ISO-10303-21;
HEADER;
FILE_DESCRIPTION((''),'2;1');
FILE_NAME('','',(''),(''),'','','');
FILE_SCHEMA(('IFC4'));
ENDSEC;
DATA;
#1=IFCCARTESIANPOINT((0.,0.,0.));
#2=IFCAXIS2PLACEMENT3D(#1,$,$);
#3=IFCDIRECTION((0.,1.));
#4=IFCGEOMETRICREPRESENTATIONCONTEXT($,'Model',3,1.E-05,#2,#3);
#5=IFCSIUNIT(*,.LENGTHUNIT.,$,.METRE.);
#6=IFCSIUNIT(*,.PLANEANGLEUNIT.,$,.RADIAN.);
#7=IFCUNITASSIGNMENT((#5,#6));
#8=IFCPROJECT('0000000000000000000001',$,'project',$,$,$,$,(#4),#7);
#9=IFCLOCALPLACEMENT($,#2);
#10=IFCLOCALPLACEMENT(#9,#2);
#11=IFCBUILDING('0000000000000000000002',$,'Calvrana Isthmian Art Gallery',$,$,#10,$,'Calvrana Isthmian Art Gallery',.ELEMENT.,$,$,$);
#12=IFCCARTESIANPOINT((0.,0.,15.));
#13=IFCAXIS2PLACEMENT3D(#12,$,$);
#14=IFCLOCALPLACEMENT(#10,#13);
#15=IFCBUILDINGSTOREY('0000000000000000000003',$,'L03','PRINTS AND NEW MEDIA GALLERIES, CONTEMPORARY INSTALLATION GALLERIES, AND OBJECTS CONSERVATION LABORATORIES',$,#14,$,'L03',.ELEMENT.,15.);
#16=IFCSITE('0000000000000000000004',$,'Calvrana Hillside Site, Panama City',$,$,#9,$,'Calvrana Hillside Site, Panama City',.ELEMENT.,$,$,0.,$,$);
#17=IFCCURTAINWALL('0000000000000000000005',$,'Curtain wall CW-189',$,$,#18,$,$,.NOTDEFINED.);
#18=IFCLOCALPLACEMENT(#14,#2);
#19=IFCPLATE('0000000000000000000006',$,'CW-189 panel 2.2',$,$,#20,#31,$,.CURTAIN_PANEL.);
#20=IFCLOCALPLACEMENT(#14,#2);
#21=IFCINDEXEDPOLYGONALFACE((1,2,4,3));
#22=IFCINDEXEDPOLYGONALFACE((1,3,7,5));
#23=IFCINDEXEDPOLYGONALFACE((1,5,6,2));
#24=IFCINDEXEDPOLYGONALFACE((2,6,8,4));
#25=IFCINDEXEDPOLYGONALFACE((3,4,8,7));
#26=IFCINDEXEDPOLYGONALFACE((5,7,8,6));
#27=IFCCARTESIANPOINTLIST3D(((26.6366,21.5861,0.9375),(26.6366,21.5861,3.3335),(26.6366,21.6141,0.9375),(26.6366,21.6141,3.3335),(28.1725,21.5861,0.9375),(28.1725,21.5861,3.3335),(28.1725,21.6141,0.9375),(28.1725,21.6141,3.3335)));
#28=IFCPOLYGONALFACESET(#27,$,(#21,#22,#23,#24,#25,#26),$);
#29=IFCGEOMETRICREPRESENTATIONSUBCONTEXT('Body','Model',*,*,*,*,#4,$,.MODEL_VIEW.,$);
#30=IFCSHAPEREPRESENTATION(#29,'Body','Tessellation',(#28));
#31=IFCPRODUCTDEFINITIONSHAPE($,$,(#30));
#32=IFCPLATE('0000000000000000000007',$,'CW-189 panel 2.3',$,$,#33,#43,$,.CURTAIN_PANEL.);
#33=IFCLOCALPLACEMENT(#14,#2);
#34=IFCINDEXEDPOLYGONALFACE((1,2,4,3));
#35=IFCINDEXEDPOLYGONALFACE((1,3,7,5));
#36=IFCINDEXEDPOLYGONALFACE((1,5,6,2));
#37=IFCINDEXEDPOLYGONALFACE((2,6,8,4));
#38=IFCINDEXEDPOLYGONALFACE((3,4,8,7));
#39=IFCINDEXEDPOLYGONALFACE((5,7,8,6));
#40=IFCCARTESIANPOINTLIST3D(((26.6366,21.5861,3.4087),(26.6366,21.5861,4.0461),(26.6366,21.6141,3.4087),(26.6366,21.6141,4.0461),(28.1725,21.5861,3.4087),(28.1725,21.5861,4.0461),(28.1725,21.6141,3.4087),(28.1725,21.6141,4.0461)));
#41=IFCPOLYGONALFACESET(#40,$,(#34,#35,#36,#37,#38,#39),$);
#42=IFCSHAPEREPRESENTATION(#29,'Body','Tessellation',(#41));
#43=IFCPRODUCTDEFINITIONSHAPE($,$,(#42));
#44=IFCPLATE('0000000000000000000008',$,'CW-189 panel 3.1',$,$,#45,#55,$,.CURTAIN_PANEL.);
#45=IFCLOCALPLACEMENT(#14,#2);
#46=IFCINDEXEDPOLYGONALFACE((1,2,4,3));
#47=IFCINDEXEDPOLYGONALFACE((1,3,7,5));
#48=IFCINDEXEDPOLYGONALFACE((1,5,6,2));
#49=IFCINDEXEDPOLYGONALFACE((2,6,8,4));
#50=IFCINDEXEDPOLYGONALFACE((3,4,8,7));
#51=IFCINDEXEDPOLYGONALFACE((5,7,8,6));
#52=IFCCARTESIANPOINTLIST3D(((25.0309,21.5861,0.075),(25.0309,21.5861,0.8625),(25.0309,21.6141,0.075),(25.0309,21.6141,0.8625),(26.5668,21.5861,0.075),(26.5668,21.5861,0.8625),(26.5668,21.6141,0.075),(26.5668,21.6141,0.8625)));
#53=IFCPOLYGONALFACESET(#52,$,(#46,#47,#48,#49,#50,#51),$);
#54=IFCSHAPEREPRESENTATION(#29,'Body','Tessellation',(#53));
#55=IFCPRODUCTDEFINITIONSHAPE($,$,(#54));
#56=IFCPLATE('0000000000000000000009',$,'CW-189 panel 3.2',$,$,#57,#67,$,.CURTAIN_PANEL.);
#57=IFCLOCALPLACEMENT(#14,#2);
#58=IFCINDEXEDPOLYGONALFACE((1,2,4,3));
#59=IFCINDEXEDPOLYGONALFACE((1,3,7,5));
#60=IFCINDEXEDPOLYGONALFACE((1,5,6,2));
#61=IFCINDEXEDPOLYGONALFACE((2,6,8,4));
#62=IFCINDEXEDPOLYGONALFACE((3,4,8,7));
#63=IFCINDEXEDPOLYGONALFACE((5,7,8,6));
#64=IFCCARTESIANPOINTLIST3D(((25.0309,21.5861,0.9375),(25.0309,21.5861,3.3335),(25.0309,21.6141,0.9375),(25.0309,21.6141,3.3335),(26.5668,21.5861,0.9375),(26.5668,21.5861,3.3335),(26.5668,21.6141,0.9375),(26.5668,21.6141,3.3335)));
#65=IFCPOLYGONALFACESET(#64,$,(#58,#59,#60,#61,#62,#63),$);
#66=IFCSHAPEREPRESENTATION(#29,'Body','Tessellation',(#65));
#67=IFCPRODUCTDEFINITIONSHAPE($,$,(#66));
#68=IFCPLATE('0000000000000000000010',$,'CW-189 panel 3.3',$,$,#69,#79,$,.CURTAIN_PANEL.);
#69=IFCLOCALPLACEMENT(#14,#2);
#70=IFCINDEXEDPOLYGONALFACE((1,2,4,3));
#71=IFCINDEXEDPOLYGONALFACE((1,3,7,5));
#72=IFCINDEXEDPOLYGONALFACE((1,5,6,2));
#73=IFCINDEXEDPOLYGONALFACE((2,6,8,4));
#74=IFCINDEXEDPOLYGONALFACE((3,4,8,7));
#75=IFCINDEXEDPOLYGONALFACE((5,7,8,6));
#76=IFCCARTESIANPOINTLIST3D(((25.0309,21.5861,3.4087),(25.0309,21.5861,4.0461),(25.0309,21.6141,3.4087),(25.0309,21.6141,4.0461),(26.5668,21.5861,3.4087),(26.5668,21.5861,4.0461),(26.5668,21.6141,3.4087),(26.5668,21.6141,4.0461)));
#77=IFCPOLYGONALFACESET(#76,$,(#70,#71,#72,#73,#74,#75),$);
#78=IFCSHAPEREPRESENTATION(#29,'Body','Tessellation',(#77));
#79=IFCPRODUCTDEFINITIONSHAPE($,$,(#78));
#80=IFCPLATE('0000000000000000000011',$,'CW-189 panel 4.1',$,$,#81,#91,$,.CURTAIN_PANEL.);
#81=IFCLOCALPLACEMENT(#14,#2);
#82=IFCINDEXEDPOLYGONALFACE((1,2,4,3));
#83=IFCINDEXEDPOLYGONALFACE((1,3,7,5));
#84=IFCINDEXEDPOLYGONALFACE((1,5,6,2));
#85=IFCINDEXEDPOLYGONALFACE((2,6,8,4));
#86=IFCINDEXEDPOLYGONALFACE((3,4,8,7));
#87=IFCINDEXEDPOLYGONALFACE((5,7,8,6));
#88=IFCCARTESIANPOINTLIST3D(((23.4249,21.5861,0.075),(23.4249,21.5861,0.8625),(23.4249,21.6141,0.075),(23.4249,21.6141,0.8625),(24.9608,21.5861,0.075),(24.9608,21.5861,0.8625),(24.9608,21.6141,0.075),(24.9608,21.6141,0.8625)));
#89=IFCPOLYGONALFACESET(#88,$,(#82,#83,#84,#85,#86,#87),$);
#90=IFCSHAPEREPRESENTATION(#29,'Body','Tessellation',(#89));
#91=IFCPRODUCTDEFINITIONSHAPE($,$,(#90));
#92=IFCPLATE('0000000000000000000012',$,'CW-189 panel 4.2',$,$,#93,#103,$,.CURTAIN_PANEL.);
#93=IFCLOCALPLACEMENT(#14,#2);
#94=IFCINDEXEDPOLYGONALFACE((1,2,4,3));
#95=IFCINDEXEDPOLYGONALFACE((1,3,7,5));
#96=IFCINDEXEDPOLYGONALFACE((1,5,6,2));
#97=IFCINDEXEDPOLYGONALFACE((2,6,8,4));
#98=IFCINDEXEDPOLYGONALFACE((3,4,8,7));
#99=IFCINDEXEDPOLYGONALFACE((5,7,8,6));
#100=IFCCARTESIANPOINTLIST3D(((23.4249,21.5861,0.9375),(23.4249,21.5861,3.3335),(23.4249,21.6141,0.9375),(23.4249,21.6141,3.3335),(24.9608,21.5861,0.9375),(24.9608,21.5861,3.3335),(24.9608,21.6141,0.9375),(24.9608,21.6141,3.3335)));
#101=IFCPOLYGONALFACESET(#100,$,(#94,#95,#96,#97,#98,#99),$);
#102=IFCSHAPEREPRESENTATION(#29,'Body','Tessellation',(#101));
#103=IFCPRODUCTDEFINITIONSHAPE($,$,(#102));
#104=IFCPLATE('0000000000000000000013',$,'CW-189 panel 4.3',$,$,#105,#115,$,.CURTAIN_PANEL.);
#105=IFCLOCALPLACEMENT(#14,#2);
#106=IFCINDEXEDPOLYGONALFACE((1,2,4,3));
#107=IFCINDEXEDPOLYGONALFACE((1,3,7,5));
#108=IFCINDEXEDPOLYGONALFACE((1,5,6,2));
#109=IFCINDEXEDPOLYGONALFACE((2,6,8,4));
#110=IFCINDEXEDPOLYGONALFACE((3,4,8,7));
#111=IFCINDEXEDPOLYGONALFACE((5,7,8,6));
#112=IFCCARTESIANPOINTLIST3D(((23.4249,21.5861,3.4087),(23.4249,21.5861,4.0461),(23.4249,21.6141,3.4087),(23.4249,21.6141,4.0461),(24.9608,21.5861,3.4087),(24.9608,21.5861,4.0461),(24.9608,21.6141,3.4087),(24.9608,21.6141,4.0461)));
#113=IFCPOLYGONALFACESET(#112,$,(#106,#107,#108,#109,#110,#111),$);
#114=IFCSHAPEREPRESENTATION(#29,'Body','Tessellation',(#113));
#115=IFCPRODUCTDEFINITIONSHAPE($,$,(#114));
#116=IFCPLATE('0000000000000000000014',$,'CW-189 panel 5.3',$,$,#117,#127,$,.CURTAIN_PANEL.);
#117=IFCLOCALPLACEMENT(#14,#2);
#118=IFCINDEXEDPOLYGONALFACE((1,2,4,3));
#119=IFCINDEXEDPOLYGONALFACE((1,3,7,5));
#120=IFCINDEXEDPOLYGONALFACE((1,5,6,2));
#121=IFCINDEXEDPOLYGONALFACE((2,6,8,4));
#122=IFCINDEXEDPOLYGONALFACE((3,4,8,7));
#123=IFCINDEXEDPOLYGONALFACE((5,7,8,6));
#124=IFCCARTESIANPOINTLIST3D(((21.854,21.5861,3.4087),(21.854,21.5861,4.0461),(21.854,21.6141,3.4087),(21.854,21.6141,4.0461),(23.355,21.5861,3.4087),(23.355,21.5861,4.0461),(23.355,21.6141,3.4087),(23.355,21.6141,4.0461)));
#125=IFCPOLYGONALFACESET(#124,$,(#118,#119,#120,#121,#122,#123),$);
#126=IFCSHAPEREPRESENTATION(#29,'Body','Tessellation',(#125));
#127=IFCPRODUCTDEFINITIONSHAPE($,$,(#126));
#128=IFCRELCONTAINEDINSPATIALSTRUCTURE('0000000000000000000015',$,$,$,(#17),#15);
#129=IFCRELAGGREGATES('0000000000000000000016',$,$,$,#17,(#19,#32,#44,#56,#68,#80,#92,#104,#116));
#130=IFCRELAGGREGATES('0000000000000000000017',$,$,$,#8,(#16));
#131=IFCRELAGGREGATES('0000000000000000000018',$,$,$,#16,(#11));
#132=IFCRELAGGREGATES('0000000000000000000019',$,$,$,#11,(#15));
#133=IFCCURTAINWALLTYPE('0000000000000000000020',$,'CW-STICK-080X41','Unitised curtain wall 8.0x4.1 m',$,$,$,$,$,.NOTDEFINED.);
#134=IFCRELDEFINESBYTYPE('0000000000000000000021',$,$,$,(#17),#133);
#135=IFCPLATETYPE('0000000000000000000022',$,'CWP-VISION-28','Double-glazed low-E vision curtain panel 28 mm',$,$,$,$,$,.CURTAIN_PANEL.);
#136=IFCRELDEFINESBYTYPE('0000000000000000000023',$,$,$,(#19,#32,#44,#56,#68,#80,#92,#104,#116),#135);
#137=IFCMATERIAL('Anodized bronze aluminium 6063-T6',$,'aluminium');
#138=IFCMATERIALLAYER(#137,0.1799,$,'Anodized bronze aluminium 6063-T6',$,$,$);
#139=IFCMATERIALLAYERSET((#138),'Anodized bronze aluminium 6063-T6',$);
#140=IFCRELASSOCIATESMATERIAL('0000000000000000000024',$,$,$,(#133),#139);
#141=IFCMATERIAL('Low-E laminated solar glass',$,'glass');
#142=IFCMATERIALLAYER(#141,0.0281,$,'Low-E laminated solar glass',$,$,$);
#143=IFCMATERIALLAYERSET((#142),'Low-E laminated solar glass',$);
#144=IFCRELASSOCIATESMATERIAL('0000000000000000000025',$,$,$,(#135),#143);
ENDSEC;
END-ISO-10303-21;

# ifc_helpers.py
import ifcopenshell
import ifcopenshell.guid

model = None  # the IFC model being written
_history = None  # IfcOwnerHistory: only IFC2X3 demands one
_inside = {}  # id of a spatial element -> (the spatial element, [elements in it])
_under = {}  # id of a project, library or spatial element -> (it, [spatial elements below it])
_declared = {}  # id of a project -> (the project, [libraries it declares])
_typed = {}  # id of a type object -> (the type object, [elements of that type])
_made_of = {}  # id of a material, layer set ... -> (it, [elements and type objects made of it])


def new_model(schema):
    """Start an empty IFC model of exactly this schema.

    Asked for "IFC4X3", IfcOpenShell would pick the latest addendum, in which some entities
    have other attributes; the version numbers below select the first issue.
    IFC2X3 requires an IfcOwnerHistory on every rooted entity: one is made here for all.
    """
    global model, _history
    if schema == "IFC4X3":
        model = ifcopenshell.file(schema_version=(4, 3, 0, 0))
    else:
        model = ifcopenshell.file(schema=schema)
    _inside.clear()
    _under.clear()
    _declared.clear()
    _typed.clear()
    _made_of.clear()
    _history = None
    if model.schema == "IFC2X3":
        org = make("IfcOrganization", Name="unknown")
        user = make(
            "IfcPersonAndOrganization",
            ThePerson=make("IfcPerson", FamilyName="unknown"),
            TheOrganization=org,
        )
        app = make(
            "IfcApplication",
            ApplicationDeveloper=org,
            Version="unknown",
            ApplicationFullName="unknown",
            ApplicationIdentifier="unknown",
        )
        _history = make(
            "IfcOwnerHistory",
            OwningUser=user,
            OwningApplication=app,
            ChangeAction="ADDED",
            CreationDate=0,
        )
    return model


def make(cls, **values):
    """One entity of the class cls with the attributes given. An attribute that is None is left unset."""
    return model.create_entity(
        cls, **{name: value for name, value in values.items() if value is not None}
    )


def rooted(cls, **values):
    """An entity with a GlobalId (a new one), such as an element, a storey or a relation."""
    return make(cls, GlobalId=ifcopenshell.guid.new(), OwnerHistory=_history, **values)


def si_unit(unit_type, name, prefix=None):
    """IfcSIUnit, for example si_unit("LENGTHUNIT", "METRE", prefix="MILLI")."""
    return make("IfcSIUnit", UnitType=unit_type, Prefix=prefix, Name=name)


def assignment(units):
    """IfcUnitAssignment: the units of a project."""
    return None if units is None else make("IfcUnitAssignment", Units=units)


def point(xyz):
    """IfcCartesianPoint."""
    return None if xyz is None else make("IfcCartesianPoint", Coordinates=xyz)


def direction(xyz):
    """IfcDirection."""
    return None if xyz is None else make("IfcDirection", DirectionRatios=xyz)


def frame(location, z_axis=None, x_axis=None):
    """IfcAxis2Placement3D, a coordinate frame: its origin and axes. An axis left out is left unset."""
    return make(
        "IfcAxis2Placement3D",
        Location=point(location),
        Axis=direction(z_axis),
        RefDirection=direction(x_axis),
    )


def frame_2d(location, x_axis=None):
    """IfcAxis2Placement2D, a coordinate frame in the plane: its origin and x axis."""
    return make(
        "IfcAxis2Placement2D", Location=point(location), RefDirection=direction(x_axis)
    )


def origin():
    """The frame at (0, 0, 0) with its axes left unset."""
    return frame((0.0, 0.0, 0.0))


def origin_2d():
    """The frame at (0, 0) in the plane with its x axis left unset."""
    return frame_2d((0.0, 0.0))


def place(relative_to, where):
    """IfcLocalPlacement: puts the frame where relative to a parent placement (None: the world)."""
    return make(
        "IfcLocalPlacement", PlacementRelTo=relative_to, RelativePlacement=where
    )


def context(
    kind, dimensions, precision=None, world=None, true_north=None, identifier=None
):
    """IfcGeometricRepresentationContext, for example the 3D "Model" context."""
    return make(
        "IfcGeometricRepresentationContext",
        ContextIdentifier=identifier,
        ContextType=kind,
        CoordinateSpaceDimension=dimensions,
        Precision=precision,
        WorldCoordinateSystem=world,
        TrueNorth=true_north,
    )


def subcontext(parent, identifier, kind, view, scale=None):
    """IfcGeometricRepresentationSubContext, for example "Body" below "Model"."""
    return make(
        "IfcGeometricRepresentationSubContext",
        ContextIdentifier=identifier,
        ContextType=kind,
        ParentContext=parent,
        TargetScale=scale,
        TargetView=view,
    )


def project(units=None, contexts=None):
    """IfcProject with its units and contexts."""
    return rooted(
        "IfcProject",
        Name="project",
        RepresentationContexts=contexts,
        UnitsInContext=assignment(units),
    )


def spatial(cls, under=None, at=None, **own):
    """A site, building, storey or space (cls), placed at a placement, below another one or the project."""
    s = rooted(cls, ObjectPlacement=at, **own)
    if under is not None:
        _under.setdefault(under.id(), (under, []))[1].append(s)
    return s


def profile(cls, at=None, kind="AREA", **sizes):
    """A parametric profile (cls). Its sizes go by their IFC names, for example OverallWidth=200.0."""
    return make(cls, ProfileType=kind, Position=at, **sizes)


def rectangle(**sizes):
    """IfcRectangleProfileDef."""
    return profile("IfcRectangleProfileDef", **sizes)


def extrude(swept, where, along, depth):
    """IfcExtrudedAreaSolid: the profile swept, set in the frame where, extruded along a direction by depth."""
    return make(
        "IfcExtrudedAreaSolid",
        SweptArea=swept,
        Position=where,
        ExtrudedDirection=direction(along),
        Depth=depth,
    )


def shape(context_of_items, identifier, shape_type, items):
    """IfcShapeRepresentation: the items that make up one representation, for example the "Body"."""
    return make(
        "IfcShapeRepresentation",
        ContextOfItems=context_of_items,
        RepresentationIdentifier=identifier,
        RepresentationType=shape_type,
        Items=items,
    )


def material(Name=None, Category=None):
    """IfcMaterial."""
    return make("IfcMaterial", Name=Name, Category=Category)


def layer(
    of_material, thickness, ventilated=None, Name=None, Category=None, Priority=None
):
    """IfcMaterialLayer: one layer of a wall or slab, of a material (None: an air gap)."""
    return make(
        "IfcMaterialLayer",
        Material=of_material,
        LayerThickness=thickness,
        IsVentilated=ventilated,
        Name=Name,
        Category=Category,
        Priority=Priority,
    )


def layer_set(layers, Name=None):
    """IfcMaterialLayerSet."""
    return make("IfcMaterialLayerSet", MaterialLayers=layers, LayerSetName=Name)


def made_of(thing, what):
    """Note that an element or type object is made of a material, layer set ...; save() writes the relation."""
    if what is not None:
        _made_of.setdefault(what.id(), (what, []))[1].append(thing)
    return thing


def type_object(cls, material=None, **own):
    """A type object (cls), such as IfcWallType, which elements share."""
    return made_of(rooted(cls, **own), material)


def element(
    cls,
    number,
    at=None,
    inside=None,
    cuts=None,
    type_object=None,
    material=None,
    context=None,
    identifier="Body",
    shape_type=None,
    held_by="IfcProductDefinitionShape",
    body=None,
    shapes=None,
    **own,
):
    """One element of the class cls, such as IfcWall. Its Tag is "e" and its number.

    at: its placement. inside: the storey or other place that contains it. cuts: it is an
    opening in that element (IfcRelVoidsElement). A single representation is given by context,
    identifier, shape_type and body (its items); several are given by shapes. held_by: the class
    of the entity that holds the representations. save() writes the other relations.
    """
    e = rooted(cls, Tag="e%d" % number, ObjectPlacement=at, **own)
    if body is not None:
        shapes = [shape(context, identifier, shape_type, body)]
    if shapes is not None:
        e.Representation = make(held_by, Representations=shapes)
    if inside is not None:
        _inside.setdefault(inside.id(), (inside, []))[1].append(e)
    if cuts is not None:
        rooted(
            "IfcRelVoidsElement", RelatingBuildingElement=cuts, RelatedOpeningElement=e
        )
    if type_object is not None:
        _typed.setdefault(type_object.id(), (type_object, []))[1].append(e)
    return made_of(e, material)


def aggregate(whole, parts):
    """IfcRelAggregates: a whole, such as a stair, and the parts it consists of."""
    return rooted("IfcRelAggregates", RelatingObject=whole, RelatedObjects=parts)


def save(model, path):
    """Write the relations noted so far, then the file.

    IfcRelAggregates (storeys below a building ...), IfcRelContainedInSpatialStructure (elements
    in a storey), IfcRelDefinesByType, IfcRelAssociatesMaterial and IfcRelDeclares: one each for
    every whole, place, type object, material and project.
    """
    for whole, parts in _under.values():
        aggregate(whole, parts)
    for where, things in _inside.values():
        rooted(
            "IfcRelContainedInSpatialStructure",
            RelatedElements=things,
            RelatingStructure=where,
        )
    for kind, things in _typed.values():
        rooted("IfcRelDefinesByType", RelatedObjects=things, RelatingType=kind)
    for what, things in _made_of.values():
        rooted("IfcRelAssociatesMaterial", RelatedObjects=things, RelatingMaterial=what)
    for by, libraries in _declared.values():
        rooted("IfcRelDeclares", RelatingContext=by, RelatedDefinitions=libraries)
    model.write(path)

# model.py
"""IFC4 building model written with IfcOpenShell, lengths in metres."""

from ifc_helpers import new_model, si_unit, direction, frame, origin, origin_2d, place, context, subcontext, project, spatial, rectangle, extrude, material, layer, layer_set, type_object, element, aggregate, save


model = new_model("IFC4")

# Units and contexts
model_context = context("Model", 3, precision=1e-05, world=origin(), true_north=direction((0.0, 1.0)))
body_context = subcontext(model_context, "Body", "Model", "MODEL_VIEW")
ifc_project = project(units=[si_unit("LENGTHUNIT", "METRE"), si_unit("PLANEANGLEUNIT", "RADIAN")], contexts=[model_context])

# Site, building, storey
site_placement = place(None, origin())
site = spatial("IfcSite", under=ifc_project, at=site_placement, Name="Calvrana Hillside Site, Panama City", LongName="Calvrana Hillside Site, Panama City", CompositionType="ELEMENT", RefElevation=0.0)
building_placement = place(site_placement, origin())
building = spatial("IfcBuilding", under=site, at=building_placement, Name="Calvrana Isthmian Art Gallery", LongName="Calvrana Isthmian Art Gallery", CompositionType="ELEMENT")
storey_placement = place(building_placement, frame((0.0, 0.0, 15.0)))
storey = spatial("IfcBuildingStorey", under=building, at=storey_placement, Name="L03", Description="PRINTS AND NEW MEDIA GALLERIES, CONTEMPORARY INSTALLATION GALLERIES, AND OBJECTS CONSERVATION LABORATORIES", LongName="L03", CompositionType="ELEMENT", Elevation=15.0)

# Curtain wall, plates
ifc_material_1 = material(Name="Anodized bronze aluminium 6063-T6", Category="aluminium")
ifc_layer_1 = layer(ifc_material_1, 0.1799, Name="Anodized bronze aluminium 6063-T6")
ifc_layer_set_1 = layer_set([ifc_layer_1], Name="Anodized bronze aluminium 6063-T6")
curtain_wall_type = type_object("IfcCurtainWallType", Name="CW-STICK-080X41", Description="Unitised curtain wall 8.0x4.1 m", PredefinedType="NOTDEFINED", material=ifc_layer_set_1)
curtain_wall_placement = place(storey_placement, origin())
curtain_wall = element("IfcCurtainWall", 1, at=curtain_wall_placement, inside=storey, type_object=curtain_wall_type, Name="Curtain wall CW-189", PredefinedType="NOTDEFINED")
ifc_material_2 = material(Name="Low-E laminated solar glass", Category="glass")
ifc_layer_2 = layer(ifc_material_2, 0.0281, Name="Low-E laminated solar glass")
ifc_layer_set_2 = layer_set([ifc_layer_2], Name="Low-E laminated solar glass")
plate_type = type_object("IfcPlateType", Name="CWP-VISION-28", Description="Double-glazed low-E vision curtain panel 28 mm", PredefinedType="CURTAIN_PANEL", material=ifc_layer_set_2)
plate_1_placement = place(storey_placement, frame((27.4045, 21.6001, 0.9375), z_axis=(0.0, 0.0, 1.0), x_axis=(-1.0, 0.0, 0.0)))
plate_1 = element("IfcPlate", 2, at=plate_1_placement, type_object=plate_type, Name="CW-189 panel 2.2", PredefinedType="CURTAIN_PANEL", context=body_context, shape_type="SweptSolid", body=[
    extrude(rectangle(XDim=1.5359, YDim=0.0281, at=origin_2d()), origin(), (0.0, 0.0, 1.0), 2.396),
])
plate_2_placement = place(storey_placement, frame((27.4045, 21.6001, 3.4087), z_axis=(0.0, 0.0, 1.0), x_axis=(-1.0, 0.0, 0.0)))
plate_2 = element("IfcPlate", 3, at=plate_2_placement, type_object=plate_type, Name="CW-189 panel 2.3", PredefinedType="CURTAIN_PANEL", context=body_context, shape_type="SweptSolid", body=[
    extrude(rectangle(XDim=1.5359, YDim=0.0281, at=origin_2d()), origin(), (0.0, 0.0, 1.0), 0.6375),
])
plate_3_placement = place(storey_placement, frame((25.7988, 21.6001, 0.075), z_axis=(0.0, 0.0, 1.0), x_axis=(-1.0, 0.0, 0.0)))
plate_3 = element("IfcPlate", 4, at=plate_3_placement, type_object=plate_type, Name="CW-189 panel 3.1", PredefinedType="CURTAIN_PANEL", context=body_context, shape_type="SweptSolid", body=[
    extrude(rectangle(XDim=1.5359, YDim=0.0281, at=origin_2d()), origin(), (0.0, 0.0, 1.0), 0.7876),
])
plate_4_placement = place(storey_placement, frame((25.7988, 21.6001, 0.9375), z_axis=(0.0, 0.0, 1.0), x_axis=(-1.0, 0.0, 0.0)))
plate_4 = element("IfcPlate", 5, at=plate_4_placement, type_object=plate_type, Name="CW-189 panel 3.2", PredefinedType="CURTAIN_PANEL", context=body_context, shape_type="SweptSolid", body=[
    extrude(rectangle(XDim=1.5359, YDim=0.0281, at=origin_2d()), origin(), (0.0, 0.0, 1.0), 2.396),
])
plate_5_placement = place(storey_placement, frame((25.7988, 21.6001, 3.4087), z_axis=(0.0, 0.0, 1.0), x_axis=(-1.0, 0.0, 0.0)))
plate_5 = element("IfcPlate", 6, at=plate_5_placement, type_object=plate_type, Name="CW-189 panel 3.3", PredefinedType="CURTAIN_PANEL", context=body_context, shape_type="SweptSolid", body=[
    extrude(rectangle(XDim=1.5359, YDim=0.0281, at=origin_2d()), origin(), (0.0, 0.0, 1.0), 0.6375),
])
plate_6_placement = place(storey_placement, frame((24.1929, 21.6001, 0.075), z_axis=(0.0, 0.0, 1.0), x_axis=(-1.0, 0.0, 0.0)))
plate_6 = element("IfcPlate", 7, at=plate_6_placement, type_object=plate_type, Name="CW-189 panel 4.1", PredefinedType="CURTAIN_PANEL", context=body_context, shape_type="SweptSolid", body=[
    extrude(rectangle(XDim=1.5359, YDim=0.0281, at=origin_2d()), origin(), (0.0, 0.0, 1.0), 0.7876),
])
plate_7_placement = place(storey_placement, frame((24.1929, 21.6001, 0.9375), z_axis=(0.0, 0.0, 1.0), x_axis=(-1.0, 0.0, 0.0)))
plate_7 = element("IfcPlate", 8, at=plate_7_placement, type_object=plate_type, Name="CW-189 panel 4.2", PredefinedType="CURTAIN_PANEL", context=body_context, shape_type="SweptSolid", body=[
    extrude(rectangle(XDim=1.5359, YDim=0.0281, at=origin_2d()), origin(), (0.0, 0.0, 1.0), 2.396),
])
plate_8_placement = place(storey_placement, frame((24.1929, 21.6001, 3.4087), z_axis=(0.0, 0.0, 1.0), x_axis=(-1.0, 0.0, 0.0)))
plate_8 = element("IfcPlate", 9, at=plate_8_placement, type_object=plate_type, Name="CW-189 panel 4.3", PredefinedType="CURTAIN_PANEL", context=body_context, shape_type="SweptSolid", body=[
    extrude(rectangle(XDim=1.5359, YDim=0.0281, at=origin_2d()), origin(), (0.0, 0.0, 1.0), 0.6375),
])
plate_9_placement = place(storey_placement, frame((22.6045, 21.6001, 3.4087), z_axis=(0.0, 0.0, 1.0), x_axis=(-1.0, 0.0, 0.0)))
plate_9 = element("IfcPlate", 10, at=plate_9_placement, type_object=plate_type, Name="CW-189 panel 5.3", PredefinedType="CURTAIN_PANEL", context=body_context, shape_type="SweptSolid", body=[
    extrude(rectangle(XDim=1.501, YDim=0.0281, at=origin_2d()), origin(), (0.0, 0.0, 1.0), 0.6375),
])
aggregate(curtain_wall, [plate_1, plate_2, plate_3, plate_4, plate_5, plate_6, plate_7, plate_8, plate_9])

save(model, "model.ifc")
